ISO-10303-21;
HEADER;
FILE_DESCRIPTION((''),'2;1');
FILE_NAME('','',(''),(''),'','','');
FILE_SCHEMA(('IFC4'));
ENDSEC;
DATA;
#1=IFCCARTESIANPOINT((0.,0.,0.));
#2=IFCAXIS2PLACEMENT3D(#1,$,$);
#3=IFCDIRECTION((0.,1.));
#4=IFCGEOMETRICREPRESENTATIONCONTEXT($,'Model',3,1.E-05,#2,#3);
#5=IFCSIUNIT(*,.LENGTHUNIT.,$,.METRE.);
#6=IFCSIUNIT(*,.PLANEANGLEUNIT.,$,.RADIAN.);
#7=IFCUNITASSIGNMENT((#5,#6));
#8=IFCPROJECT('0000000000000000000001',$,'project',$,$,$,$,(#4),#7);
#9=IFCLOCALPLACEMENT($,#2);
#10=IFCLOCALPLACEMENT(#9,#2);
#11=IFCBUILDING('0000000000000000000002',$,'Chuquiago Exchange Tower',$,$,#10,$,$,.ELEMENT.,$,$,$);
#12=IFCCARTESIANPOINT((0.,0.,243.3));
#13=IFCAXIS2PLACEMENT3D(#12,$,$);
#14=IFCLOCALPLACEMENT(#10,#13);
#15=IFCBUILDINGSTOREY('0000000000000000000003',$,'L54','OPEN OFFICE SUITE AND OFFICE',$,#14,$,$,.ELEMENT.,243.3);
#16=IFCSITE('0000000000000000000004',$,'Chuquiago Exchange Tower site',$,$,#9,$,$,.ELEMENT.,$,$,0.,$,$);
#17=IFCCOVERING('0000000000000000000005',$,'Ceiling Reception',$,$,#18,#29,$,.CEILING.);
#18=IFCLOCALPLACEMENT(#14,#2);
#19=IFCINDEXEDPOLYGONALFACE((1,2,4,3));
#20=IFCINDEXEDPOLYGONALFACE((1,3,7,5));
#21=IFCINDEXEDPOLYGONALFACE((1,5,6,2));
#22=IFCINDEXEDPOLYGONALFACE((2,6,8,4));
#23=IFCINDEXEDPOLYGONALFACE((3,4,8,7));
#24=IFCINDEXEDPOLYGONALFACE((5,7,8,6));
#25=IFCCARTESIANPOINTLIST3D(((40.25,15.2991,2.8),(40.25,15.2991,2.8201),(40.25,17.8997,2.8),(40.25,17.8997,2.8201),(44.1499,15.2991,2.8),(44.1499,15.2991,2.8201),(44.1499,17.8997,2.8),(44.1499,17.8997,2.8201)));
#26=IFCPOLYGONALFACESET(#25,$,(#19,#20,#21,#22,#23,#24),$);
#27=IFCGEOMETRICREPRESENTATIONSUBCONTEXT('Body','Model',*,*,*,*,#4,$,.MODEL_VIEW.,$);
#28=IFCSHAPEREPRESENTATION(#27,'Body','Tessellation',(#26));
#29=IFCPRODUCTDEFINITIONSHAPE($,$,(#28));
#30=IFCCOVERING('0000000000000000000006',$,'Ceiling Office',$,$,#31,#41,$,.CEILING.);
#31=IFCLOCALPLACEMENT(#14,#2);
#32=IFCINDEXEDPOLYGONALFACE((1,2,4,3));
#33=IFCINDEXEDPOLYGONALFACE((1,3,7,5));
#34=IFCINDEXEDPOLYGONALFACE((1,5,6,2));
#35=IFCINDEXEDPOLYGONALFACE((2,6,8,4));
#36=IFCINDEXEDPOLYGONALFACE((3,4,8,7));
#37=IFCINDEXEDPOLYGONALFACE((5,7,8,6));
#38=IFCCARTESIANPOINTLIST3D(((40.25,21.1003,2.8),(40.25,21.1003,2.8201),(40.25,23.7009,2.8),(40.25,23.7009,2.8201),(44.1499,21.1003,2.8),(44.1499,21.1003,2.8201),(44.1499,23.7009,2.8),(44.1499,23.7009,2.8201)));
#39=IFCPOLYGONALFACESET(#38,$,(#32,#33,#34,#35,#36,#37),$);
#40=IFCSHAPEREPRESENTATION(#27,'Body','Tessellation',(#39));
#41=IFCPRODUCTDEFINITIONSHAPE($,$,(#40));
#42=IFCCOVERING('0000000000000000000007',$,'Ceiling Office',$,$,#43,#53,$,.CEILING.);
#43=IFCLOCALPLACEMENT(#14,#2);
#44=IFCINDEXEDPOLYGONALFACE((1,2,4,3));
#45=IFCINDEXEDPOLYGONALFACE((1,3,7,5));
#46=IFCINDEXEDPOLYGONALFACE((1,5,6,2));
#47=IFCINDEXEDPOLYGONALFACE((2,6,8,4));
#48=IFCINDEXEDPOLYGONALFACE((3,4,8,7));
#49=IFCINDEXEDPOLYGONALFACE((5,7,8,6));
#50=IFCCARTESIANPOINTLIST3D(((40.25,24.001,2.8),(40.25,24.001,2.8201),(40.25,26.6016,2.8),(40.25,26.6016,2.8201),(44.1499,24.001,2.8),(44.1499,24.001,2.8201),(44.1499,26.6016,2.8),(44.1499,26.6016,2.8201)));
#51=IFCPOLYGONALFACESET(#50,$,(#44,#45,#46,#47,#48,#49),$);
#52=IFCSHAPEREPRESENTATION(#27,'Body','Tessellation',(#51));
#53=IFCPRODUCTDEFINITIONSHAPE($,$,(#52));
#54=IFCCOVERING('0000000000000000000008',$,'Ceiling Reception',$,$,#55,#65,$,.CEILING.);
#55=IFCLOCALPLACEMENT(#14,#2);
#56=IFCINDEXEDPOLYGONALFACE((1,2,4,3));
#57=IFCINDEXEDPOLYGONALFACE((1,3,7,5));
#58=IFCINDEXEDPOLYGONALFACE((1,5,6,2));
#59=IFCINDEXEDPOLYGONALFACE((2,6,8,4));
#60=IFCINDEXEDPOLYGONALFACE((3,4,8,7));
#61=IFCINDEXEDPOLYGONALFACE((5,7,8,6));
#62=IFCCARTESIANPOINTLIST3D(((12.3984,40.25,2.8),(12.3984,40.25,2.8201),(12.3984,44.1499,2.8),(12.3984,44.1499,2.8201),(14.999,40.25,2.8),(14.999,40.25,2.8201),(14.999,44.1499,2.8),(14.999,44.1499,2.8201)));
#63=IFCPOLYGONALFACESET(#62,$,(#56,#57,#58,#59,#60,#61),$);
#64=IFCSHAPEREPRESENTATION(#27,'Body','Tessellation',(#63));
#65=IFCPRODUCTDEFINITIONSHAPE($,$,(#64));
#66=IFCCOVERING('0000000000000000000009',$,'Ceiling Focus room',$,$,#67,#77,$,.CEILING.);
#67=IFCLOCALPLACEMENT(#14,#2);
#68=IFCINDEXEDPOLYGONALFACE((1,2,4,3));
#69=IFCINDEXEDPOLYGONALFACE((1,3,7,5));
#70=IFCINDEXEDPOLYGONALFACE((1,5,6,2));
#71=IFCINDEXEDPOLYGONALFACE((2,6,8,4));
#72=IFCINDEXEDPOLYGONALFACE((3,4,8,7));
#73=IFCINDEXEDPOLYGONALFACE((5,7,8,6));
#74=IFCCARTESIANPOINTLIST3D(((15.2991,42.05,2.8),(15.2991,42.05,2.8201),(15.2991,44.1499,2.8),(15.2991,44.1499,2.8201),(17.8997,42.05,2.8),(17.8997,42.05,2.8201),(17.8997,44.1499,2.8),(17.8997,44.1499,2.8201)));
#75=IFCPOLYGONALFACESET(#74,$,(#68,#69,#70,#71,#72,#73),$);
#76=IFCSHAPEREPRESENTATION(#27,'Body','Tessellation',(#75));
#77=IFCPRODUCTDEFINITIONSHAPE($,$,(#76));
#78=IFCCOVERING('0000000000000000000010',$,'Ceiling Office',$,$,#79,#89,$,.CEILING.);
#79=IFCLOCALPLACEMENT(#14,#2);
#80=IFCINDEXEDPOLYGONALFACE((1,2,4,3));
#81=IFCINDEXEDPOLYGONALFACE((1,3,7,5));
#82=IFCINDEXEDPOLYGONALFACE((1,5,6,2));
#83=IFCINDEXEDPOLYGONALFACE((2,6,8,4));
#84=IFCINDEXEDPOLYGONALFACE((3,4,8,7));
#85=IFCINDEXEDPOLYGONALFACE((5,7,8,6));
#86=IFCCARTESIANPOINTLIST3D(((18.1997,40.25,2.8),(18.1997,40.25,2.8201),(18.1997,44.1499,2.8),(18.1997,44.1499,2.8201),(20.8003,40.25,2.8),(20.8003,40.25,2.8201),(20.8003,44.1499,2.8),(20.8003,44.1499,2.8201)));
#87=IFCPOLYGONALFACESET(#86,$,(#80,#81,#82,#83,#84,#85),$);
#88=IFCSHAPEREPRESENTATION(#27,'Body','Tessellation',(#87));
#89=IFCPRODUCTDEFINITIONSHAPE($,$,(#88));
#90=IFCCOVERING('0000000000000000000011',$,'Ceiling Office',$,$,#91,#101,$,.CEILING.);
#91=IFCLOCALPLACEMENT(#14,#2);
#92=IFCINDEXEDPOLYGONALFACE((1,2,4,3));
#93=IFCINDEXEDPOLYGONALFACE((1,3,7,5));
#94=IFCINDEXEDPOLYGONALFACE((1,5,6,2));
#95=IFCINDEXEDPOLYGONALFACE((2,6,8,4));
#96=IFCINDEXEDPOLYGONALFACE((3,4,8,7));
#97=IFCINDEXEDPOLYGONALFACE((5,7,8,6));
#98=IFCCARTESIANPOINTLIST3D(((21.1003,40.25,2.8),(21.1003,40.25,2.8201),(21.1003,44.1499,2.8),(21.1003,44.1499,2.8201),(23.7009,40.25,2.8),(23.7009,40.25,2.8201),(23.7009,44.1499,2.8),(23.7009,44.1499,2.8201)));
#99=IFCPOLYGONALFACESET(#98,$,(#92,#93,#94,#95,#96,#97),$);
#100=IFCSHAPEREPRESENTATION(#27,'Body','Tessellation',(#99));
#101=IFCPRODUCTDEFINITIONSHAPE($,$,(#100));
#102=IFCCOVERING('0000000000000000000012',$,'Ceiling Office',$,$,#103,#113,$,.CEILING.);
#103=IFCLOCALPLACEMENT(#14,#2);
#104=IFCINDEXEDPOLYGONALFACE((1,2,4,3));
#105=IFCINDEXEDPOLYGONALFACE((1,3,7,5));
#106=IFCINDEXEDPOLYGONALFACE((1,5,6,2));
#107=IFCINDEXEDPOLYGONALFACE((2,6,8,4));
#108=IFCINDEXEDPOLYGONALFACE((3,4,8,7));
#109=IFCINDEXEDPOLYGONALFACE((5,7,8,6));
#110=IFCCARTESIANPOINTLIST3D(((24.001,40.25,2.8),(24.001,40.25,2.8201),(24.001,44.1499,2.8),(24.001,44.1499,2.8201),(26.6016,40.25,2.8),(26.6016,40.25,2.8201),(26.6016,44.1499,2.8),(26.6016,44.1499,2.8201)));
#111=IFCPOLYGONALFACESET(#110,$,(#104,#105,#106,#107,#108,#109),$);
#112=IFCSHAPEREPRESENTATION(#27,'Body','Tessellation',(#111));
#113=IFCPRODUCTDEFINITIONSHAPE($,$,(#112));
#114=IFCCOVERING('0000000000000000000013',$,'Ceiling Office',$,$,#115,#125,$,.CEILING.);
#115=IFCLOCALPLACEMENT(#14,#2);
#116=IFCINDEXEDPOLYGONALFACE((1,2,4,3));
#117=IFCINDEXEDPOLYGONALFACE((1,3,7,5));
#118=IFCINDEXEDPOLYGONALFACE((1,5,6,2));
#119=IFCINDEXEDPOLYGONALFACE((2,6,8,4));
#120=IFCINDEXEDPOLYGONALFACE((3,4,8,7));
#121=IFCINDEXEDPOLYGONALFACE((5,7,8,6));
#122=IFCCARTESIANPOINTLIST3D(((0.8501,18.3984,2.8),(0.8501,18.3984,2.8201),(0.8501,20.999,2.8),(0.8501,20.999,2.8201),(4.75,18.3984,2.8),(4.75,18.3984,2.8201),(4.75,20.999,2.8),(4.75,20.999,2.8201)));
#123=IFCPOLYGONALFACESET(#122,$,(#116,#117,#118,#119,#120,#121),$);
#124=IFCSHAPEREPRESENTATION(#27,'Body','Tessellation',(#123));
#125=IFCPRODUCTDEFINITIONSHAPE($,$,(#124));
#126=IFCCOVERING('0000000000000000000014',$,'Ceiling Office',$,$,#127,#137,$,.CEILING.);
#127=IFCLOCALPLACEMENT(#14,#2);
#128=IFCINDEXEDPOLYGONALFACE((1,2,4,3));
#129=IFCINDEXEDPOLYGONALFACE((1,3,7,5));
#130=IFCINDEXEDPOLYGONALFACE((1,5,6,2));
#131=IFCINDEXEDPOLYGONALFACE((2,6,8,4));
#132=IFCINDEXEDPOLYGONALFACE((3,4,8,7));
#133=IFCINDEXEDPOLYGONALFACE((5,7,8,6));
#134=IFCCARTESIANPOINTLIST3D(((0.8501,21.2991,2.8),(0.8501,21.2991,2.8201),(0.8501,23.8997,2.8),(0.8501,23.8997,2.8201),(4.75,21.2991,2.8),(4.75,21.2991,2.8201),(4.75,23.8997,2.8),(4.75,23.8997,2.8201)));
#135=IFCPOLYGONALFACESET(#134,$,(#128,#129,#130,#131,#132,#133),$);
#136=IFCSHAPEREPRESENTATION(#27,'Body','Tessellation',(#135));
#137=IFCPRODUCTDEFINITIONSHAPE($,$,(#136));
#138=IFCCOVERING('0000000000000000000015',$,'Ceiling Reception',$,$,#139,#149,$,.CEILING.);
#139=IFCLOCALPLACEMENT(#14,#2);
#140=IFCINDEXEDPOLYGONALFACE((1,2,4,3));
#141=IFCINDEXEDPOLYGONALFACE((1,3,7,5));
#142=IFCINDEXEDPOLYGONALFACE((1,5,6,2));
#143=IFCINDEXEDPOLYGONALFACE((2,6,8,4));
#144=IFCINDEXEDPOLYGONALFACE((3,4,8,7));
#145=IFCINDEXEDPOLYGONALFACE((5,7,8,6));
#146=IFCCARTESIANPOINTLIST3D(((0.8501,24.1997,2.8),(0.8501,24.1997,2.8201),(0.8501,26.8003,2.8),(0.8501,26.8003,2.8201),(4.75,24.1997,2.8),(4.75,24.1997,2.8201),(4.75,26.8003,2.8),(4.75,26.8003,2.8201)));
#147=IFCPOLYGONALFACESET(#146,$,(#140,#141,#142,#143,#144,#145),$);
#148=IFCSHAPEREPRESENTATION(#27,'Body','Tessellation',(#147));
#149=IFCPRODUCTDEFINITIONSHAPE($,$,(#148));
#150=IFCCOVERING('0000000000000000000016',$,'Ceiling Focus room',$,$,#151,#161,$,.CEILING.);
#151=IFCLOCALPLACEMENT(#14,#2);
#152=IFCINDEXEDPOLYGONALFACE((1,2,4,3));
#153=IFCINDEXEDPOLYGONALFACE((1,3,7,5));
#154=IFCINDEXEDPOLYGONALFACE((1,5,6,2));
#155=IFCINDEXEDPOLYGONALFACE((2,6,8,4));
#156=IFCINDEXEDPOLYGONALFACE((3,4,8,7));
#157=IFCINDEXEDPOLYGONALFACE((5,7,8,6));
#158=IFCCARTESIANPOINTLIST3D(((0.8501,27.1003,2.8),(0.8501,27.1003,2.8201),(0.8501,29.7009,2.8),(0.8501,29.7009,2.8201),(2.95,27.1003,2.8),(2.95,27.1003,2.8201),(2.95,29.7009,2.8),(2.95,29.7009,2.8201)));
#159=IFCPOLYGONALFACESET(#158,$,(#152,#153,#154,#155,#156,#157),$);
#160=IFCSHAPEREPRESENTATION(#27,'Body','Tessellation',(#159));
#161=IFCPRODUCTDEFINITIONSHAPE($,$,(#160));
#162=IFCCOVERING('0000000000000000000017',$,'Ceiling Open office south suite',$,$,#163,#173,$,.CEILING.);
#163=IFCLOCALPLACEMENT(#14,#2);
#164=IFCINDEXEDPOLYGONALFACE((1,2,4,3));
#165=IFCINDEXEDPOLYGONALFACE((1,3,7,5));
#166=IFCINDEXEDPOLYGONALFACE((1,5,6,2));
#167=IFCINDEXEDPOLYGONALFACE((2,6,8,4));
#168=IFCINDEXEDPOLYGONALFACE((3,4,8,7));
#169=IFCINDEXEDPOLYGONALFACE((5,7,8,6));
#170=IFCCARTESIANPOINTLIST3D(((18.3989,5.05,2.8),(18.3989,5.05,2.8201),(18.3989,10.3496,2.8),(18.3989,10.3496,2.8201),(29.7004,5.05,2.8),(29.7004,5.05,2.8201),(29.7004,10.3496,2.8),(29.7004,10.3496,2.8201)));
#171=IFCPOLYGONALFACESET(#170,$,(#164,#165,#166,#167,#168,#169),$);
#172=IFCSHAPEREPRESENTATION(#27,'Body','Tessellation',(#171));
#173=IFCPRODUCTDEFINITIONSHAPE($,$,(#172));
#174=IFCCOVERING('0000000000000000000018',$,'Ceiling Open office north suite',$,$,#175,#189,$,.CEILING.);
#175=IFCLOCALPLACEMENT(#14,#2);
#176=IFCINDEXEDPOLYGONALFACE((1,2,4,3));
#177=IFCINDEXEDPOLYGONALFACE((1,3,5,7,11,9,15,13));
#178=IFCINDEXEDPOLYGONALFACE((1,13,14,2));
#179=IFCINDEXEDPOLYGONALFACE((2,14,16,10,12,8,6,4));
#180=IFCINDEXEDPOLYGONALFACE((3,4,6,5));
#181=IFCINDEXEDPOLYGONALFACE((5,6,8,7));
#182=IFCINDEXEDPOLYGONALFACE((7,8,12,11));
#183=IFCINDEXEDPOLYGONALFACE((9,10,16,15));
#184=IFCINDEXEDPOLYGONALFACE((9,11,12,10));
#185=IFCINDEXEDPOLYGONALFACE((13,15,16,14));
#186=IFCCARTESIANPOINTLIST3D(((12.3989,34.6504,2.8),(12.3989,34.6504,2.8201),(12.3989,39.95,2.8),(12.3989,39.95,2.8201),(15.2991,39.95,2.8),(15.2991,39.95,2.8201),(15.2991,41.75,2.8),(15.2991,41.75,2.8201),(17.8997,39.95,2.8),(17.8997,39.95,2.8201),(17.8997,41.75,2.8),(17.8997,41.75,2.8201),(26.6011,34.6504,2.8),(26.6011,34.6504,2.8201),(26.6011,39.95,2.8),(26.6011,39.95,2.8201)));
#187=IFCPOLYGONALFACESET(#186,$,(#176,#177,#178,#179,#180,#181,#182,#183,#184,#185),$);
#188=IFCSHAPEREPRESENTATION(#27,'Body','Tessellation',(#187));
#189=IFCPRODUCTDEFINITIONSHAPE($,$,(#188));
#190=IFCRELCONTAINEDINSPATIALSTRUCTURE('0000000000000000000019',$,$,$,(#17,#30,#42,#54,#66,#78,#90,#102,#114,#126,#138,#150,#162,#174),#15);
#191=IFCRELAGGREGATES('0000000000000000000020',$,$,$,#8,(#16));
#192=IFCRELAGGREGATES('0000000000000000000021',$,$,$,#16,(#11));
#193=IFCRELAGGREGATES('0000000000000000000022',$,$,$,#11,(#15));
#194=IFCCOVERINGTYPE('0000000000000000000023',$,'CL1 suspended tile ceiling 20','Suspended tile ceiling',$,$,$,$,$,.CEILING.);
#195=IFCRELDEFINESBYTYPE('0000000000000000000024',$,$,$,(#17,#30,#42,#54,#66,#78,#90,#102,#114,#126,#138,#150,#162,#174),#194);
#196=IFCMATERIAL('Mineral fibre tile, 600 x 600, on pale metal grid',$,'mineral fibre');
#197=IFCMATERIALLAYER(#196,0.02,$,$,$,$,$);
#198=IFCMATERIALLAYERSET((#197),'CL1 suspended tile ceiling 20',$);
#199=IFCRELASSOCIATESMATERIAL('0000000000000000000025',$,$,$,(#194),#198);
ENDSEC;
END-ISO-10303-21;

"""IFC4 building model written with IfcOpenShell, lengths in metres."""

from ifc_helpers import new_model, si_unit, direction, frame, origin, place, context, subcontext, project, spatial, polyline, outline, extrude, material, layer, layer_set, type_object, element, save


model = new_model("IFC4")

# Units and contexts
model_context = context("Model", 3, precision=1e-05, world=origin(), true_north=direction((0.0, 1.0)))
body_context = subcontext(model_context, "Body", "Model", "MODEL_VIEW")
ifc_project = project(units=[si_unit("LENGTHUNIT", "METRE"), si_unit("PLANEANGLEUNIT", "RADIAN")], contexts=[model_context])

# Site, building, storey
site_placement = place(None, origin())
site = spatial("IfcSite", under=ifc_project, at=site_placement, Name="Chuquiago Exchange Tower site", CompositionType="ELEMENT", RefElevation=0.0)
building_placement = place(site_placement, origin())
building = spatial("IfcBuilding", under=site, at=building_placement, Name="Chuquiago Exchange Tower", CompositionType="ELEMENT")
storey_placement = place(building_placement, frame((0.0, 0.0, 243.3)))
storey = spatial("IfcBuildingStorey", under=building, at=storey_placement, Name="L54", Description="OPEN OFFICE SUITE AND OFFICE", CompositionType="ELEMENT", Elevation=243.3)

# Coverings
ifc_material_1 = material(Name="Mineral fibre tile, 600 x 600, on pale metal grid", Category="mineral fibre")
ifc_layer_1 = layer(ifc_material_1, 0.02)
ifc_layer_set_1 = layer_set([ifc_layer_1], Name="CL1 suspended tile ceiling 20")
covering_type_1 = type_object("IfcCoveringType", Name="CL1 suspended tile ceiling 20", Description="Suspended tile ceiling", PredefinedType="CEILING", material=ifc_layer_set_1)
covering_1_placement = place(storey_placement, frame((0.0, 0.0, 2.8)))
element("IfcCovering", 1, at=covering_1_placement, inside=storey, type_object=covering_type_1, Name="Ceiling Reception", PredefinedType="CEILING", context=body_context, shape_type="SweptSolid", body=[
    extrude(outline(polyline([(40.25, 15.2991), (40.25, 17.8997), (44.1499, 17.8997), (44.1499, 15.2991), (40.25, 15.2991)])), origin(), (0.0, 0.0, 1.0), 0.02),
])
covering_2_placement = place(storey_placement, frame((0.0, 0.0, 2.8)))
element("IfcCovering", 2, at=covering_2_placement, inside=storey, type_object=covering_type_1, Name="Ceiling Office", PredefinedType="CEILING", context=body_context, shape_type="SweptSolid", body=[
    extrude(outline(polyline([(40.25, 21.1003), (40.25, 23.7009), (44.1499, 23.7009), (44.1499, 21.1003), (40.25, 21.1003)])), origin(), (0.0, 0.0, 1.0), 0.02),
])
covering_3_placement = place(storey_placement, frame((0.0, 0.0, 2.8)))
element("IfcCovering", 3, at=covering_3_placement, inside=storey, type_object=covering_type_1, Name="Ceiling Office", PredefinedType="CEILING", context=body_context, shape_type="SweptSolid", body=[
    extrude(outline(polyline([(44.1499, 24.001), (40.25, 24.001), (40.25, 26.6016), (44.1499, 26.6016), (44.1499, 24.001)])), origin(), (0.0, 0.0, 1.0), 0.02),
])
covering_4_placement = place(storey_placement, frame((0.0, 0.0, 2.8)))
element("IfcCovering", 4, at=covering_4_placement, inside=storey, type_object=covering_type_1, Name="Ceiling Reception", PredefinedType="CEILING", context=body_context, shape_type="SweptSolid", body=[
    extrude(outline(polyline([(14.999, 44.1499), (14.999, 40.25), (12.3984, 40.25), (12.3984, 44.1499), (14.999, 44.1499)])), origin(), (0.0, 0.0, 1.0), 0.02),
])
covering_5_placement = place(storey_placement, frame((0.0, 0.0, 2.8)))
element("IfcCovering", 5, at=covering_5_placement, inside=storey, type_object=covering_type_1, Name="Ceiling Focus room", PredefinedType="CEILING", context=body_context, shape_type="SweptSolid", body=[
    extrude(outline(polyline([(17.8997, 42.05), (15.2991, 42.05), (15.2991, 44.1499), (17.8997, 44.1499), (17.8997, 42.05)])), origin(), (0.0, 0.0, 1.0), 0.02),
])
covering_6_placement = place(storey_placement, frame((0.0, 0.0, 2.8)))
element("IfcCovering", 6, at=covering_6_placement, inside=storey, type_object=covering_type_1, Name="Ceiling Office", PredefinedType="CEILING", context=body_context, shape_type="SweptSolid", body=[
    extrude(outline(polyline([(20.8003, 40.25), (18.1997, 40.25), (18.1997, 44.1499), (20.8003, 44.1499), (20.8003, 40.25)])), origin(), (0.0, 0.0, 1.0), 0.02),
])
covering_7_placement = place(storey_placement, frame((0.0, 0.0, 2.8)))
element("IfcCovering", 7, at=covering_7_placement, inside=storey, type_object=covering_type_1, Name="Ceiling Office", PredefinedType="CEILING", context=body_context, shape_type="SweptSolid", body=[
    extrude(outline(polyline([(23.7009, 40.25), (21.1003, 40.25), (21.1003, 44.1499), (23.7009, 44.1499), (23.7009, 40.25)])), origin(), (0.0, 0.0, 1.0), 0.02),
])
covering_8_placement = place(storey_placement, frame((0.0, 0.0, 2.8)))
element("IfcCovering", 8, at=covering_8_placement, inside=storey, type_object=covering_type_1, Name="Ceiling Office", PredefinedType="CEILING", context=body_context, shape_type="SweptSolid", body=[
    extrude(outline(polyline([(26.6016, 40.25), (24.001, 40.25), (24.001, 44.1499), (26.6016, 44.1499), (26.6016, 40.25)])), origin(), (0.0, 0.0, 1.0), 0.02),
])
covering_9_placement = place(storey_placement, frame((0.0, 0.0, 2.8)))
element("IfcCovering", 9, at=covering_9_placement, inside=storey, type_object=covering_type_1, Name="Ceiling Office", PredefinedType="CEILING", context=body_context, shape_type="SweptSolid", body=[
    extrude(outline(polyline([(0.8501, 20.999), (4.75, 20.999), (4.75, 18.3984), (0.8501, 18.3984), (0.8501, 20.999)])), origin(), (0.0, 0.0, 1.0), 0.02),
])
covering_10_placement = place(storey_placement, frame((0.0, 0.0, 2.8)))
element("IfcCovering", 10, at=covering_10_placement, inside=storey, type_object=covering_type_1, Name="Ceiling Office", PredefinedType="CEILING", context=body_context, shape_type="SweptSolid", body=[
    extrude(outline(polyline([(4.75, 23.8997), (4.75, 21.2991), (0.8501, 21.2991), (0.8501, 23.8997), (4.75, 23.8997)])), origin(), (0.0, 0.0, 1.0), 0.02),
])
covering_11_placement = place(storey_placement, frame((0.0, 0.0, 2.8)))
element("IfcCovering", 11, at=covering_11_placement, inside=storey, type_object=covering_type_1, Name="Ceiling Reception", PredefinedType="CEILING", context=body_context, shape_type="SweptSolid", body=[
    extrude(outline(polyline([(4.75, 26.8003), (4.75, 24.1997), (0.8501, 24.1997), (0.8501, 26.8003), (4.75, 26.8003)])), origin(), (0.0, 0.0, 1.0), 0.02),
])
covering_12_placement = place(storey_placement, frame((0.0, 0.0, 2.8)))
element("IfcCovering", 12, at=covering_12_placement, inside=storey, type_object=covering_type_1, Name="Ceiling Focus room", PredefinedType="CEILING", context=body_context, shape_type="SweptSolid", body=[
    extrude(outline(polyline([(2.95, 29.7009), (2.95, 27.1003), (0.8501, 27.1003), (0.8501, 29.7009), (2.95, 29.7009)])), origin(), (0.0, 0.0, 1.0), 0.02),
])
covering_13_placement = place(storey_placement, frame((0.0, 0.0, 2.8)))
element("IfcCovering", 13, at=covering_13_placement, inside=storey, type_object=covering_type_1, Name="Ceiling Open office south suite", PredefinedType="CEILING", context=body_context, shape_type="SweptSolid", body=[
    extrude(outline(polyline([(18.3989, 5.05), (18.3989, 10.3496), (29.7004, 10.3496), (29.7004, 5.05), (18.3989, 5.05)])), origin(), (0.0, 0.0, 1.0), 0.02),
])
covering_14_placement = place(storey_placement, frame((0.0, 0.0, 2.8)))
element("IfcCovering", 14, at=covering_14_placement, inside=storey, type_object=covering_type_1, Name="Ceiling Open office north suite", PredefinedType="CEILING", context=body_context, shape_type="SweptSolid", body=[
    extrude(outline(polyline([(15.2991, 41.75), (17.8997, 41.75), (17.8997, 39.95), (26.6011, 39.95), (26.6011, 34.6504), (12.3989, 34.6504), (12.3989, 39.95), (15.2991, 39.95), (15.2991, 41.75)])), origin(), (0.0, 0.0, 1.0), 0.02),
])

save(model, "model.ifc")
